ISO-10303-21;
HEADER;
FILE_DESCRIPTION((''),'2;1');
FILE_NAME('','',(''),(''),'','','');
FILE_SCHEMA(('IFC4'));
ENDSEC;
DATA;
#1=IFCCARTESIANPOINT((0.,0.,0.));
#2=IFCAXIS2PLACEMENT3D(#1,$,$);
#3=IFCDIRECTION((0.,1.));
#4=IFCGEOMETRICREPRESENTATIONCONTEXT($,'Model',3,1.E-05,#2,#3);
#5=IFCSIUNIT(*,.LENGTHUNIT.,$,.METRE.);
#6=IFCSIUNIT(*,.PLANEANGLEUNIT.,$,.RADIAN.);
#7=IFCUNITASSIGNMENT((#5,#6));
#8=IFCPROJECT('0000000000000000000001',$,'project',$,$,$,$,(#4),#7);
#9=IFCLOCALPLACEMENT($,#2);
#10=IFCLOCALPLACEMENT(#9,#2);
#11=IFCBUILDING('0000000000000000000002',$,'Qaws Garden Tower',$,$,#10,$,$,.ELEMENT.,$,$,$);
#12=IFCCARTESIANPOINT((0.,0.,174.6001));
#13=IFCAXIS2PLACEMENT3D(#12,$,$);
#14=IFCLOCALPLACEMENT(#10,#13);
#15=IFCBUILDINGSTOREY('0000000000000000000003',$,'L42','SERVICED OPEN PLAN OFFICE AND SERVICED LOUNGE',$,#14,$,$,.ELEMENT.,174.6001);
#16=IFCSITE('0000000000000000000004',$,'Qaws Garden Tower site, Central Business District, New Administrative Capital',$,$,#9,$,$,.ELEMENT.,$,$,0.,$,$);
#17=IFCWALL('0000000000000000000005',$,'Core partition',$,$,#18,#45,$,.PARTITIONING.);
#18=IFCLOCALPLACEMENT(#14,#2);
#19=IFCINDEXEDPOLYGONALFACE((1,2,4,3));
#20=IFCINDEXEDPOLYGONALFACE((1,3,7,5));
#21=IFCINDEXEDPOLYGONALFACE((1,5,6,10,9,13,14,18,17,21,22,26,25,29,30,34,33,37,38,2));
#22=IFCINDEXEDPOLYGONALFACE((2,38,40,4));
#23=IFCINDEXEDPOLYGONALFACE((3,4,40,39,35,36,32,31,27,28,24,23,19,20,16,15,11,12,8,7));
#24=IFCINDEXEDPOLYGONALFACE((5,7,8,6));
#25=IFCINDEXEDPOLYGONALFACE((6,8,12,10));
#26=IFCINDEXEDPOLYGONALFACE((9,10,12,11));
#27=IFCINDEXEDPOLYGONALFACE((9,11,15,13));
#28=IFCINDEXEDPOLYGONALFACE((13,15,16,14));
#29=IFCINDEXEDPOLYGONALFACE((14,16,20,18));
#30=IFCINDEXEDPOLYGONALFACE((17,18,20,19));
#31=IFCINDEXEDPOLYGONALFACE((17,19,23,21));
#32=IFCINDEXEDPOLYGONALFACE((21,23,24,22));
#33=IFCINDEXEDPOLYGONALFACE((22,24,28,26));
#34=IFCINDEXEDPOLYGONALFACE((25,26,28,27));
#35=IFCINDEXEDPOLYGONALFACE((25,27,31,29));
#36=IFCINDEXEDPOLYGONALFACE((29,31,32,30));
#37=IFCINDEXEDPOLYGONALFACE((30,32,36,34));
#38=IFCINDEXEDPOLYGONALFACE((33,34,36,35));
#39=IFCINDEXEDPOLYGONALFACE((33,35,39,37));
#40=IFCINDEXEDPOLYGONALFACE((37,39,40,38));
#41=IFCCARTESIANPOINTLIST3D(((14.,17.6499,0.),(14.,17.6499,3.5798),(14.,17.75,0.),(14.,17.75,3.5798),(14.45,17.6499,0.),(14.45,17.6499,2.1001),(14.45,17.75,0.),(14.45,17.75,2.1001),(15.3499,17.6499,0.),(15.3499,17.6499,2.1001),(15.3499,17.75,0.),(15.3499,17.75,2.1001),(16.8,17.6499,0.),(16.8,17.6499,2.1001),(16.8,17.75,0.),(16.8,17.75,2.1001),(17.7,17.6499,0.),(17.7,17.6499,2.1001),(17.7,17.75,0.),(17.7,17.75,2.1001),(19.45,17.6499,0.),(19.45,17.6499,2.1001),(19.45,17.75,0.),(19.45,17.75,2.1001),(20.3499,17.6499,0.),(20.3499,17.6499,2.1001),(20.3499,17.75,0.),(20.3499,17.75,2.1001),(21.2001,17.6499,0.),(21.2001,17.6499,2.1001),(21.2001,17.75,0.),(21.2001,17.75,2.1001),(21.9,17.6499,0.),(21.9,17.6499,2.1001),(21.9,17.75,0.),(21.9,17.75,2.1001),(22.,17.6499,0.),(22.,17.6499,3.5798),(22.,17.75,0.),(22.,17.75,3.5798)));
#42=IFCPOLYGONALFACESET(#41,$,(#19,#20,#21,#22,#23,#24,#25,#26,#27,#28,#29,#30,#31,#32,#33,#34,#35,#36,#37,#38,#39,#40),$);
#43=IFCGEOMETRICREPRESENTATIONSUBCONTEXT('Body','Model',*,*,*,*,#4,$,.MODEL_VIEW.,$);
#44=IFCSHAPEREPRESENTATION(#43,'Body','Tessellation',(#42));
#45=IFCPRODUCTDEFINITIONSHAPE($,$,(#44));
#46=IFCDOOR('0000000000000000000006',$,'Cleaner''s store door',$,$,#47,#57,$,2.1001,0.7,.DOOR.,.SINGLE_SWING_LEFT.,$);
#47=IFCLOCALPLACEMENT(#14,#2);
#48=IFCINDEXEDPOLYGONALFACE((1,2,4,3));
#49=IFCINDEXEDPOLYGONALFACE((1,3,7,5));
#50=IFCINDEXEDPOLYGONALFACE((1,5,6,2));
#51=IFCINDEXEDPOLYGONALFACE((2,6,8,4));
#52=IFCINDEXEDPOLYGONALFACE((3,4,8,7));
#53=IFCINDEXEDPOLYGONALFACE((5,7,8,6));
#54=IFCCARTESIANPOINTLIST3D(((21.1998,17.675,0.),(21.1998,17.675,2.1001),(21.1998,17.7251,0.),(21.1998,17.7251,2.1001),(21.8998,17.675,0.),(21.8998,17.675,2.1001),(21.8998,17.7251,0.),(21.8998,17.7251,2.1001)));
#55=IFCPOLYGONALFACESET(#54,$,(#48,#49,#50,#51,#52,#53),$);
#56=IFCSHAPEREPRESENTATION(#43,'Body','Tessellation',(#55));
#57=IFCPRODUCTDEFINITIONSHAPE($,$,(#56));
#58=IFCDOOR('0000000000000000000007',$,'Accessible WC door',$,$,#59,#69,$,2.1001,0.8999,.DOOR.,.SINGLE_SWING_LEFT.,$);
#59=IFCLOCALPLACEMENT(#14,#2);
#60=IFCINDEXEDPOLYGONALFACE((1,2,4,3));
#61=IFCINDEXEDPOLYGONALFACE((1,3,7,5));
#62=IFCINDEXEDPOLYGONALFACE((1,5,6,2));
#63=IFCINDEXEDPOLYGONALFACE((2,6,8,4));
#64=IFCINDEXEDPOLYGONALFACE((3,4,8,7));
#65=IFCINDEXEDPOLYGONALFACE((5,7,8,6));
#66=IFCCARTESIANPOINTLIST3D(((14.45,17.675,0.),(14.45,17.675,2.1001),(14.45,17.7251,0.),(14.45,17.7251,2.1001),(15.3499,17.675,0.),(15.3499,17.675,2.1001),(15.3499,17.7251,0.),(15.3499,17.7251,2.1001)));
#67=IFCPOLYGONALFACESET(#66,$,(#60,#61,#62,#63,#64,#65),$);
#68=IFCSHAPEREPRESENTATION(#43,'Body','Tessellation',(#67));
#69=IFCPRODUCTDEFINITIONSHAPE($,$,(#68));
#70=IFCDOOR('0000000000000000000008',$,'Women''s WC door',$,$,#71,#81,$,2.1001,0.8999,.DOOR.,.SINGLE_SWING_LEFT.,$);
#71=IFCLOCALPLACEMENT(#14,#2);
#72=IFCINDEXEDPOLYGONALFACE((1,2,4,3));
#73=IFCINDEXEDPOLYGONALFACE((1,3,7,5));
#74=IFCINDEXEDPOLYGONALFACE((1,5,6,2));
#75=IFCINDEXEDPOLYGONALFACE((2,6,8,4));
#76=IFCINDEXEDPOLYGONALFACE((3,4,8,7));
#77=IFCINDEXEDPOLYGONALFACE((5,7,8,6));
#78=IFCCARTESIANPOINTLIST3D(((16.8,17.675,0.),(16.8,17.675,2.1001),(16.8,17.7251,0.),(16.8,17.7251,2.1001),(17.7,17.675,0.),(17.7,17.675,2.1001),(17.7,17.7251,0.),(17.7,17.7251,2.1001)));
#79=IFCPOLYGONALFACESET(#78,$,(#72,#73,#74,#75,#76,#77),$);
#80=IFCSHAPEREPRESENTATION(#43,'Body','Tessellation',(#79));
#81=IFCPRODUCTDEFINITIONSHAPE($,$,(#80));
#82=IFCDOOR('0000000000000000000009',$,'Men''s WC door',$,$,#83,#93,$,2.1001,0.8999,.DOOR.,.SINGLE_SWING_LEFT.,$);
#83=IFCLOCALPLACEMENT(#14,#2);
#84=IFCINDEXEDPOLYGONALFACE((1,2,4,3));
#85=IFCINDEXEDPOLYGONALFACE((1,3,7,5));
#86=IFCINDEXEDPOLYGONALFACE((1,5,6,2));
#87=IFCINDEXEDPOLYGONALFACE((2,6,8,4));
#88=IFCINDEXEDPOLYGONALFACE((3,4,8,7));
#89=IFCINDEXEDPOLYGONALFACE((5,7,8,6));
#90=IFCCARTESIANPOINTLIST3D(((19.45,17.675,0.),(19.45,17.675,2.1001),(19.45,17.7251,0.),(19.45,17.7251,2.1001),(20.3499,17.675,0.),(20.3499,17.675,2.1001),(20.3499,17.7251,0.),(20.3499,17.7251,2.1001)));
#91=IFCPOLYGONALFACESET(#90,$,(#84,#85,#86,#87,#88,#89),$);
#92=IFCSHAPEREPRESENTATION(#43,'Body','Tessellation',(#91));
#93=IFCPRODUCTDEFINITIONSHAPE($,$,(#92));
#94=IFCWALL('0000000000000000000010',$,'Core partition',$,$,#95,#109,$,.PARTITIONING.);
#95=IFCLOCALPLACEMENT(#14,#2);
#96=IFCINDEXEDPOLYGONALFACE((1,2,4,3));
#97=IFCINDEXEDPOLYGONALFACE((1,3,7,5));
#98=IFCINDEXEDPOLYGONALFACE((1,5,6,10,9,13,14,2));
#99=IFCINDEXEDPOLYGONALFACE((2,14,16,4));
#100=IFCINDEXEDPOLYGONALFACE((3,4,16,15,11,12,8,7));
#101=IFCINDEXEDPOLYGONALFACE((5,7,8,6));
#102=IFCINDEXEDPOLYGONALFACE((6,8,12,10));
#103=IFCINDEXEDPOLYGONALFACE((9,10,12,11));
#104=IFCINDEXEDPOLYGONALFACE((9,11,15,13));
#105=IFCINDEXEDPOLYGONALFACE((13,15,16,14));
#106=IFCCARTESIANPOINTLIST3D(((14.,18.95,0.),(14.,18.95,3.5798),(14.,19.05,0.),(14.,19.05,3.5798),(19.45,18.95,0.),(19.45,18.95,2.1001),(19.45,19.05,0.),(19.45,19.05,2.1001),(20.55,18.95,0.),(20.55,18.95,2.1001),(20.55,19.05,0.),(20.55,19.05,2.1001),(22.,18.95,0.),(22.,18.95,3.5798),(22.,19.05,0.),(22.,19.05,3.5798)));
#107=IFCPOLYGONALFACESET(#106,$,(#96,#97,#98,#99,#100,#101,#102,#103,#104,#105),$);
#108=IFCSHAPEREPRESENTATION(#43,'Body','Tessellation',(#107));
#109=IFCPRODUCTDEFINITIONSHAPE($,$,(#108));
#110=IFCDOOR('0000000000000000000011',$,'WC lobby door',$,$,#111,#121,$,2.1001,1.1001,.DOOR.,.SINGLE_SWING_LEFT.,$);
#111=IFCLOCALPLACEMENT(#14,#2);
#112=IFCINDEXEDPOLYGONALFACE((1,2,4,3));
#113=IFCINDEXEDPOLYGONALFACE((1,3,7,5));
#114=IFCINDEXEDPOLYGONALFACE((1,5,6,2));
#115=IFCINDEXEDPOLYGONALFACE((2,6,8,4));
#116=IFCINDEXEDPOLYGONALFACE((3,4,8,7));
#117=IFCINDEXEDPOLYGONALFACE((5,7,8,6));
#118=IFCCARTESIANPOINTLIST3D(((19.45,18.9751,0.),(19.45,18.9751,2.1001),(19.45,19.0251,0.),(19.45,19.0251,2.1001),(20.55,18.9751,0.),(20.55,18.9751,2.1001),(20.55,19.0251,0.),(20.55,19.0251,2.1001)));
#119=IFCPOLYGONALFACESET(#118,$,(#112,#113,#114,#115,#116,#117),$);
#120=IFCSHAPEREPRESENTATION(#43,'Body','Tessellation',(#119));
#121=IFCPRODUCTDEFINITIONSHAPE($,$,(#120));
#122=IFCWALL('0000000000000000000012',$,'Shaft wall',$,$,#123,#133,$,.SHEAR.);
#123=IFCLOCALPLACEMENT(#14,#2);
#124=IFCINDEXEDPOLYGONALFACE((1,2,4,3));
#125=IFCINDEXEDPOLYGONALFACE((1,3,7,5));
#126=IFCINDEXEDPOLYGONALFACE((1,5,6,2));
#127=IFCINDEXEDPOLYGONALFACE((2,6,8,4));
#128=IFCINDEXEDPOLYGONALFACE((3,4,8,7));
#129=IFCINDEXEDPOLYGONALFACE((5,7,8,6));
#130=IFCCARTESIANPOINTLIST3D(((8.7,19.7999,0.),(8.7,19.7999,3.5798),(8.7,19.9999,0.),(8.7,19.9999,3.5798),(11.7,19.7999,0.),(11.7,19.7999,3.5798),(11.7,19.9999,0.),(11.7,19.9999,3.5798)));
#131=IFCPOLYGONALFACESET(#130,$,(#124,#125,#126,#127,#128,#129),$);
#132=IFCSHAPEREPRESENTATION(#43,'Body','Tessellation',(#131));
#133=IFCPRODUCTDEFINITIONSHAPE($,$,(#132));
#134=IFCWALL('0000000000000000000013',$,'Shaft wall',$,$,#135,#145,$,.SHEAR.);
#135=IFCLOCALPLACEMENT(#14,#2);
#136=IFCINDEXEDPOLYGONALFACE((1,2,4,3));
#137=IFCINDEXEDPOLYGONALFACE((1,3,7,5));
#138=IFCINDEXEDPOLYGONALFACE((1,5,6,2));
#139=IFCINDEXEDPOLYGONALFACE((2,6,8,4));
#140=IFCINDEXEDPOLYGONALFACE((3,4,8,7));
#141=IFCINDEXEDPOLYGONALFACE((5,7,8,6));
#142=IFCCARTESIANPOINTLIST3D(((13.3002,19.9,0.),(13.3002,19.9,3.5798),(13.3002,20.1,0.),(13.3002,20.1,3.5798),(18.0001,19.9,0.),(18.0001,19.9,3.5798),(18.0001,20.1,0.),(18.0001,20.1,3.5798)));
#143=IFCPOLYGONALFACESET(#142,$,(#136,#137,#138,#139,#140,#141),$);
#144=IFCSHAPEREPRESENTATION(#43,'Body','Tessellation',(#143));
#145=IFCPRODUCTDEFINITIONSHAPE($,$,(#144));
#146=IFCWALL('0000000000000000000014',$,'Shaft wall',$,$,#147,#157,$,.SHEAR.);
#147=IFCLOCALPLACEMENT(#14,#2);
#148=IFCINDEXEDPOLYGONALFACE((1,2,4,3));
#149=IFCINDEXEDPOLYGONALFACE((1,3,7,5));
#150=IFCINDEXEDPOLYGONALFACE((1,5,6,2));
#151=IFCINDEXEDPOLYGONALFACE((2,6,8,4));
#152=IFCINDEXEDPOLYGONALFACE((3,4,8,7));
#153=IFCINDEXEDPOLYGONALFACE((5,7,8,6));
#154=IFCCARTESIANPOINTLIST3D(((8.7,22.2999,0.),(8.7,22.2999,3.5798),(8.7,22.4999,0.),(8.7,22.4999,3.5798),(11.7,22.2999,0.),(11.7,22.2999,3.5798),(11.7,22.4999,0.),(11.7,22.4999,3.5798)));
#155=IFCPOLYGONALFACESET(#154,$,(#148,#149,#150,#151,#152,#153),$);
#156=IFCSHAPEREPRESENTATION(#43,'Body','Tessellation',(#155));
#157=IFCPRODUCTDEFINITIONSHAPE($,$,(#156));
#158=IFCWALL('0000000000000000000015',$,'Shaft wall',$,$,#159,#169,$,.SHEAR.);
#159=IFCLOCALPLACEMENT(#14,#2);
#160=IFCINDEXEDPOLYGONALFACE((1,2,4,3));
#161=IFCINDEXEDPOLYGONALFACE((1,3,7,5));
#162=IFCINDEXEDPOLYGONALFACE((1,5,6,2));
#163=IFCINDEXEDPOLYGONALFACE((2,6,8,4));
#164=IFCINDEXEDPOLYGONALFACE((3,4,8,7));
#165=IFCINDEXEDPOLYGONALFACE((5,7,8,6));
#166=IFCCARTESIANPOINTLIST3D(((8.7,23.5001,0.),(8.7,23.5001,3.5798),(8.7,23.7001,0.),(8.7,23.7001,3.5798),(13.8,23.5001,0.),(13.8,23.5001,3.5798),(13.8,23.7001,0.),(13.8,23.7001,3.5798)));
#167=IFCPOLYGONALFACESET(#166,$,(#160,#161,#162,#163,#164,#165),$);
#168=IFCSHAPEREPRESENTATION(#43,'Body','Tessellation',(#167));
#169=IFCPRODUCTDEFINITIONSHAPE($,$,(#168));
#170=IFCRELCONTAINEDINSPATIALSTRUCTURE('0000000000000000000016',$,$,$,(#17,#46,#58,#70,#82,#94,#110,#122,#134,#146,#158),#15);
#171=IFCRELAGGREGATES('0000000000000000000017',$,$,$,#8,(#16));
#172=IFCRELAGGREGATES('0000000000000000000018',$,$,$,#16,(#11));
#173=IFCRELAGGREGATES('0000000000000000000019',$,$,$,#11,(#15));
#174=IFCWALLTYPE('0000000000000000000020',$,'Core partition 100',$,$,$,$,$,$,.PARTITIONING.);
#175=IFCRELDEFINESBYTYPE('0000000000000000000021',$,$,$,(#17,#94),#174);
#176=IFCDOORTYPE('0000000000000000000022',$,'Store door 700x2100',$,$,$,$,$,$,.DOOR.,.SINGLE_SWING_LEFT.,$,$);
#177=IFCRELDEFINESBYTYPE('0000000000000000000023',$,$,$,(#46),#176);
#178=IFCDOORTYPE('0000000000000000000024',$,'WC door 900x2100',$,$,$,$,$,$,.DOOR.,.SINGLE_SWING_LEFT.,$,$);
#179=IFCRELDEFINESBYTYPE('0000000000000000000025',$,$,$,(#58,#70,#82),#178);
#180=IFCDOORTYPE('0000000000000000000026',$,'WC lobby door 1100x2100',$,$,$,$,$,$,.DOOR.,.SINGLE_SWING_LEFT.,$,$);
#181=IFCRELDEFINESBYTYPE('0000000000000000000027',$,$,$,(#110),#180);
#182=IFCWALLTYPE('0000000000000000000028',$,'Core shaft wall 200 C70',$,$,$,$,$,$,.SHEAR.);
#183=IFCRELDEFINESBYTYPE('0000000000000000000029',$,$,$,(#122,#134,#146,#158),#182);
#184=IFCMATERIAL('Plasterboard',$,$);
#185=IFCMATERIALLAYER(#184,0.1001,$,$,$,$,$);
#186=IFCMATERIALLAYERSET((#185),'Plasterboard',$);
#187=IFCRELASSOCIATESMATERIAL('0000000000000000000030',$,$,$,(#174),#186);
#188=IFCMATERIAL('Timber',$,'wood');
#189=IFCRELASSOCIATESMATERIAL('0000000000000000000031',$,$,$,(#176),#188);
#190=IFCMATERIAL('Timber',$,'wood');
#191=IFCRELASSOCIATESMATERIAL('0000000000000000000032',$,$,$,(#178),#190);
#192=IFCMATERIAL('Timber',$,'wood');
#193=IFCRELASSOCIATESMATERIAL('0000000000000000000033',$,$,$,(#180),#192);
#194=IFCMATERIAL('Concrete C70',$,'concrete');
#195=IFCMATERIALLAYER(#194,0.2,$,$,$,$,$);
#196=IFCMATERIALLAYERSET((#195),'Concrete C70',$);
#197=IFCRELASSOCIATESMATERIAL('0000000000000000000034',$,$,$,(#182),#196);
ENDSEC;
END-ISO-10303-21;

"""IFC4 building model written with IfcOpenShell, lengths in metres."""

from ifc_helpers import new_model, si_unit, direction, frame, frame_2d, origin, place, context, subcontext, project, spatial, rectangle, extrude, material, layer, layer_set, type_object, element, fill, save


model = new_model("IFC4")

# Units and contexts
model_context = context("Model", 3, precision=1e-05, world=origin(), true_north=direction((0.0, 1.0)))
body_context = subcontext(model_context, "Body", "Model", "MODEL_VIEW")
ifc_project = project(units=[si_unit("LENGTHUNIT", "METRE"), si_unit("PLANEANGLEUNIT", "RADIAN")], contexts=[model_context])

# Site, building, storey
site_placement = place(None, origin())
site = spatial("IfcSite", under=ifc_project, at=site_placement, Name="Qaws Garden Tower site, Central Business District, New Administrative Capital", CompositionType="ELEMENT", RefElevation=0.0)
building_placement = place(site_placement, origin())
building = spatial("IfcBuilding", under=site, at=building_placement, Name="Qaws Garden Tower", CompositionType="ELEMENT")
storey_placement = place(building_placement, frame((0.0, 0.0, 174.6001)))
storey = spatial("IfcBuildingStorey", under=building, at=storey_placement, Name="L42", Description="SERVICED OPEN PLAN OFFICE AND SERVICED LOUNGE", CompositionType="ELEMENT", Elevation=174.6001)

# Wall, openings, doors
ifc_material_1 = material(Name="Plasterboard")
ifc_layer_1 = layer(ifc_material_1, 0.1001)
ifc_layer_set_1 = layer_set([ifc_layer_1], Name="Plasterboard")
wall_type_1 = type_object("IfcWallType", Name="Core partition 100", PredefinedType="PARTITIONING", material=ifc_layer_set_1)
wall_1_placement = place(storey_placement, frame((14.0, 17.7, 0.0), z_axis=(0.0, 0.0, 1.0), x_axis=(1.0, 0.0, 0.0)))
wall_1 = element("IfcWall", 1, at=wall_1_placement, inside=storey, type_object=wall_type_1, Name="Core partition", PredefinedType="PARTITIONING", context=body_context, shape_type="SweptSolid", body=[
    extrude(rectangle(XDim=8.0, YDim=0.1001, at=frame_2d((4.0, 0.0))), origin(), (0.0, 0.0, 1.0), 3.5798),
])
opening_1_placement = place(wall_1_placement, frame((0.45, 0.0, 0.0)))
opening_1 = element("IfcOpeningElement", 2, at=opening_1_placement, cuts=wall_1, PredefinedType="OPENING", context=body_context, shape_type="SweptSolid", body=[
    extrude(rectangle(XDim=0.8999, YDim=2.1001, at=frame_2d((0.45, 1.05))), frame((0.0, 0.0601, 0.0), z_axis=(0.0, -1.0, 0.0), x_axis=(1.0, 0.0, 0.0)), (0.0, 0.0, 1.0), 0.1201),
])
opening_2_placement = place(wall_1_placement, frame((2.8, 0.0, 0.0)))
opening_2 = element("IfcOpeningElement", 3, at=opening_2_placement, cuts=wall_1, PredefinedType="OPENING", context=body_context, shape_type="SweptSolid", body=[
    extrude(rectangle(XDim=0.8999, YDim=2.1001, at=frame_2d((0.45, 1.05))), frame((0.0, 0.0601, 0.0), z_axis=(0.0, -1.0, 0.0), x_axis=(1.0, 0.0, 0.0)), (0.0, 0.0, 1.0), 0.1201),
])
opening_3_placement = place(wall_1_placement, frame((5.45, 0.0, 0.0)))
opening_3 = element("IfcOpeningElement", 4, at=opening_3_placement, cuts=wall_1, PredefinedType="OPENING", context=body_context, shape_type="SweptSolid", body=[
    extrude(rectangle(XDim=0.8999, YDim=2.1001, at=frame_2d((0.45, 1.05))), frame((0.0, 0.0601, 0.0), z_axis=(0.0, -1.0, 0.0), x_axis=(1.0, 0.0, 0.0)), (0.0, 0.0, 1.0), 0.1201),
])
opening_4_placement = place(wall_1_placement, frame((7.2, 0.0, 0.0)))
opening_4 = element("IfcOpeningElement", 5, at=opening_4_placement, cuts=wall_1, PredefinedType="OPENING", context=body_context, shape_type="SweptSolid", body=[
    extrude(rectangle(XDim=0.7, YDim=2.1001, at=frame_2d((0.3501, 1.05))), frame((0.0, 0.0601, 0.0), z_axis=(0.0, -1.0, 0.0), x_axis=(1.0, 0.0, 0.0)), (0.0, 0.0, 1.0), 0.1201),
])
ifc_material_2 = material(Name="Timber", Category="wood")
door_type_1 = type_object("IfcDoorType", Name="Store door 700x2100", OperationType="SINGLE_SWING_LEFT", PredefinedType="DOOR", material=ifc_material_2)
door_1_placement = place(opening_4_placement, frame((0.7, 0.0, 0.0), z_axis=(0.0, 0.0, 1.0), x_axis=(-1.0, 0.0, 0.0)))
door_1 = element("IfcDoor", 6, at=door_1_placement, inside=storey, type_object=door_type_1, Name="Cleaner's store door", OperationType="SINGLE_SWING_LEFT", OverallHeight=2.1001, OverallWidth=0.7, PredefinedType="DOOR", context=body_context, shape_type="SweptSolid", body=[
    extrude(rectangle(XDim=0.7, YDim=2.1001, at=frame_2d((0.3501, 1.05))), frame((0.0, 0.0249, 0.0), z_axis=(0.0, -1.0, 0.0), x_axis=(1.0, 0.0, 0.0)), (0.0, 0.0, 1.0), 0.05),
])
fill(opening_4, door_1)
ifc_material_3 = material(Name="Timber", Category="wood")
door_type_2 = type_object("IfcDoorType", Name="WC door 900x2100", OperationType="SINGLE_SWING_LEFT", PredefinedType="DOOR", material=ifc_material_3)
door_2_placement = place(opening_1_placement, frame((0.8999, 0.0, 0.0), z_axis=(0.0, 0.0, 1.0), x_axis=(-1.0, 0.0, 0.0)))
door_2 = element("IfcDoor", 7, at=door_2_placement, inside=storey, type_object=door_type_2, Name="Accessible WC door", OperationType="SINGLE_SWING_LEFT", OverallHeight=2.1001, OverallWidth=0.8999, PredefinedType="DOOR", context=body_context, shape_type="SweptSolid", body=[
    extrude(rectangle(XDim=0.8999, YDim=2.1001, at=frame_2d((0.45, 1.05))), frame((0.0, 0.0249, 0.0), z_axis=(0.0, -1.0, 0.0), x_axis=(1.0, 0.0, 0.0)), (0.0, 0.0, 1.0), 0.05),
])
fill(opening_1, door_2)
door_3_placement = place(opening_2_placement, frame((0.8999, 0.0, 0.0), z_axis=(0.0, 0.0, 1.0), x_axis=(-1.0, 0.0, 0.0)))
door_3 = element("IfcDoor", 8, at=door_3_placement, inside=storey, type_object=door_type_2, Name="Women's WC door", OperationType="SINGLE_SWING_LEFT", OverallHeight=2.1001, OverallWidth=0.8999, PredefinedType="DOOR", context=body_context, shape_type="SweptSolid", body=[
    extrude(rectangle(XDim=0.8999, YDim=2.1001, at=frame_2d((0.45, 1.05))), frame((0.0, 0.0249, 0.0), z_axis=(0.0, -1.0, 0.0), x_axis=(1.0, 0.0, 0.0)), (0.0, 0.0, 1.0), 0.05),
])
fill(opening_2, door_3)
door_4_placement = place(opening_3_placement, frame((0.8999, 0.0, 0.0), z_axis=(0.0, 0.0, 1.0), x_axis=(-1.0, 0.0, 0.0)))
door_4 = element("IfcDoor", 9, at=door_4_placement, inside=storey, type_object=door_type_2, Name="Men's WC door", OperationType="SINGLE_SWING_LEFT", OverallHeight=2.1001, OverallWidth=0.8999, PredefinedType="DOOR", context=body_context, shape_type="SweptSolid", body=[
    extrude(rectangle(XDim=0.8999, YDim=2.1001, at=frame_2d((0.45, 1.05))), frame((0.0, 0.0249, 0.0), z_axis=(0.0, -1.0, 0.0), x_axis=(1.0, 0.0, 0.0)), (0.0, 0.0, 1.0), 0.05),
])
fill(opening_3, door_4)

# Wall, opening, door
wall_2_placement = place(storey_placement, frame((14.0, 19.0, 0.0), z_axis=(0.0, 0.0, 1.0), x_axis=(1.0, 0.0, 0.0)))
wall_2 = element("IfcWall", 10, at=wall_2_placement, inside=storey, type_object=wall_type_1, Name="Core partition", PredefinedType="PARTITIONING", context=body_context, shape_type="SweptSolid", body=[
    extrude(rectangle(XDim=8.0, YDim=0.1001, at=frame_2d((4.0, 0.0))), origin(), (0.0, 0.0, 1.0), 3.5798),
])
opening_5_placement = place(wall_2_placement, frame((5.45, 0.0, 0.0)))
opening_5 = element("IfcOpeningElement", 11, at=opening_5_placement, cuts=wall_2, PredefinedType="OPENING", context=body_context, shape_type="SweptSolid", body=[
    extrude(rectangle(XDim=1.1001, YDim=2.1001, at=frame_2d((0.55, 1.05))), frame((0.0, 0.0601, 0.0), z_axis=(0.0, -1.0, 0.0), x_axis=(1.0, 0.0, 0.0)), (0.0, 0.0, 1.0), 0.1201),
])
ifc_material_4 = material(Name="Timber", Category="wood")
door_type_3 = type_object("IfcDoorType", Name="WC lobby door 1100x2100", OperationType="SINGLE_SWING_LEFT", PredefinedType="DOOR", material=ifc_material_4)
door_5_placement = place(opening_5_placement, frame((1.1001, 0.0, 0.0), z_axis=(0.0, 0.0, 1.0), x_axis=(-1.0, 0.0, 0.0)))
door_5 = element("IfcDoor", 12, at=door_5_placement, inside=storey, type_object=door_type_3, Name="WC lobby door", OperationType="SINGLE_SWING_LEFT", OverallHeight=2.1001, OverallWidth=1.1001, PredefinedType="DOOR", context=body_context, shape_type="SweptSolid", body=[
    extrude(rectangle(XDim=1.1001, YDim=2.1001, at=frame_2d((0.55, 1.05))), frame((0.0, 0.0249, 0.0), z_axis=(0.0, -1.0, 0.0), x_axis=(1.0, 0.0, 0.0)), (0.0, 0.0, 1.0), 0.05),
])
fill(opening_5, door_5)

# Walls
ifc_material_5 = material(Name="Concrete C70", Category="concrete")
ifc_layer_2 = layer(ifc_material_5, 0.2)
ifc_layer_set_2 = layer_set([ifc_layer_2], Name="Concrete C70")
wall_type_2 = type_object("IfcWallType", Name="Core shaft wall 200 C70", PredefinedType="SHEAR", material=ifc_layer_set_2)
wall_3_placement = place(storey_placement, frame((8.7, 19.8999, 0.0), z_axis=(0.0, 0.0, 1.0), x_axis=(1.0, 0.0, 0.0)))
element("IfcWall", 13, at=wall_3_placement, inside=storey, type_object=wall_type_2, Name="Shaft wall", PredefinedType="SHEAR", context=body_context, shape_type="SweptSolid", body=[
    extrude(rectangle(XDim=3.0, YDim=0.2, at=frame_2d((1.5, 0.0))), origin(), (0.0, 0.0, 1.0), 3.5798),
])
wall_4_placement = place(storey_placement, frame((13.3, 20.0, 0.0), z_axis=(0.0, 0.0, 1.0), x_axis=(1.0, 0.0, 0.0)))
element("IfcWall", 14, at=wall_4_placement, inside=storey, type_object=wall_type_2, Name="Shaft wall", PredefinedType="SHEAR", context=body_context, shape_type="SweptSolid", body=[
    extrude(rectangle(XDim=4.7, YDim=0.2, at=frame_2d((2.3501, 0.0))), origin(), (0.0, 0.0, 1.0), 3.5798),
])
wall_5_placement = place(storey_placement, frame((8.7, 22.3999, 0.0), z_axis=(0.0, 0.0, 1.0), x_axis=(1.0, 0.0, 0.0)))
element("IfcWall", 15, at=wall_5_placement, inside=storey, type_object=wall_type_2, Name="Shaft wall", PredefinedType="SHEAR", context=body_context, shape_type="SweptSolid", body=[
    extrude(rectangle(XDim=3.0, YDim=0.2, at=frame_2d((1.5, 0.0))), origin(), (0.0, 0.0, 1.0), 3.5798),
])
wall_6_placement = place(storey_placement, frame((8.7, 23.6001, 0.0), z_axis=(0.0, 0.0, 1.0), x_axis=(1.0, 0.0, 0.0)))
element("IfcWall", 16, at=wall_6_placement, inside=storey, type_object=wall_type_2, Name="Shaft wall", PredefinedType="SHEAR", context=body_context, shape_type="SweptSolid", body=[
    extrude(rectangle(XDim=5.1001, YDim=0.2, at=frame_2d((2.55, 0.0))), origin(), (0.0, 0.0, 1.0), 3.5798),
])

save(model, "model.ifc")
